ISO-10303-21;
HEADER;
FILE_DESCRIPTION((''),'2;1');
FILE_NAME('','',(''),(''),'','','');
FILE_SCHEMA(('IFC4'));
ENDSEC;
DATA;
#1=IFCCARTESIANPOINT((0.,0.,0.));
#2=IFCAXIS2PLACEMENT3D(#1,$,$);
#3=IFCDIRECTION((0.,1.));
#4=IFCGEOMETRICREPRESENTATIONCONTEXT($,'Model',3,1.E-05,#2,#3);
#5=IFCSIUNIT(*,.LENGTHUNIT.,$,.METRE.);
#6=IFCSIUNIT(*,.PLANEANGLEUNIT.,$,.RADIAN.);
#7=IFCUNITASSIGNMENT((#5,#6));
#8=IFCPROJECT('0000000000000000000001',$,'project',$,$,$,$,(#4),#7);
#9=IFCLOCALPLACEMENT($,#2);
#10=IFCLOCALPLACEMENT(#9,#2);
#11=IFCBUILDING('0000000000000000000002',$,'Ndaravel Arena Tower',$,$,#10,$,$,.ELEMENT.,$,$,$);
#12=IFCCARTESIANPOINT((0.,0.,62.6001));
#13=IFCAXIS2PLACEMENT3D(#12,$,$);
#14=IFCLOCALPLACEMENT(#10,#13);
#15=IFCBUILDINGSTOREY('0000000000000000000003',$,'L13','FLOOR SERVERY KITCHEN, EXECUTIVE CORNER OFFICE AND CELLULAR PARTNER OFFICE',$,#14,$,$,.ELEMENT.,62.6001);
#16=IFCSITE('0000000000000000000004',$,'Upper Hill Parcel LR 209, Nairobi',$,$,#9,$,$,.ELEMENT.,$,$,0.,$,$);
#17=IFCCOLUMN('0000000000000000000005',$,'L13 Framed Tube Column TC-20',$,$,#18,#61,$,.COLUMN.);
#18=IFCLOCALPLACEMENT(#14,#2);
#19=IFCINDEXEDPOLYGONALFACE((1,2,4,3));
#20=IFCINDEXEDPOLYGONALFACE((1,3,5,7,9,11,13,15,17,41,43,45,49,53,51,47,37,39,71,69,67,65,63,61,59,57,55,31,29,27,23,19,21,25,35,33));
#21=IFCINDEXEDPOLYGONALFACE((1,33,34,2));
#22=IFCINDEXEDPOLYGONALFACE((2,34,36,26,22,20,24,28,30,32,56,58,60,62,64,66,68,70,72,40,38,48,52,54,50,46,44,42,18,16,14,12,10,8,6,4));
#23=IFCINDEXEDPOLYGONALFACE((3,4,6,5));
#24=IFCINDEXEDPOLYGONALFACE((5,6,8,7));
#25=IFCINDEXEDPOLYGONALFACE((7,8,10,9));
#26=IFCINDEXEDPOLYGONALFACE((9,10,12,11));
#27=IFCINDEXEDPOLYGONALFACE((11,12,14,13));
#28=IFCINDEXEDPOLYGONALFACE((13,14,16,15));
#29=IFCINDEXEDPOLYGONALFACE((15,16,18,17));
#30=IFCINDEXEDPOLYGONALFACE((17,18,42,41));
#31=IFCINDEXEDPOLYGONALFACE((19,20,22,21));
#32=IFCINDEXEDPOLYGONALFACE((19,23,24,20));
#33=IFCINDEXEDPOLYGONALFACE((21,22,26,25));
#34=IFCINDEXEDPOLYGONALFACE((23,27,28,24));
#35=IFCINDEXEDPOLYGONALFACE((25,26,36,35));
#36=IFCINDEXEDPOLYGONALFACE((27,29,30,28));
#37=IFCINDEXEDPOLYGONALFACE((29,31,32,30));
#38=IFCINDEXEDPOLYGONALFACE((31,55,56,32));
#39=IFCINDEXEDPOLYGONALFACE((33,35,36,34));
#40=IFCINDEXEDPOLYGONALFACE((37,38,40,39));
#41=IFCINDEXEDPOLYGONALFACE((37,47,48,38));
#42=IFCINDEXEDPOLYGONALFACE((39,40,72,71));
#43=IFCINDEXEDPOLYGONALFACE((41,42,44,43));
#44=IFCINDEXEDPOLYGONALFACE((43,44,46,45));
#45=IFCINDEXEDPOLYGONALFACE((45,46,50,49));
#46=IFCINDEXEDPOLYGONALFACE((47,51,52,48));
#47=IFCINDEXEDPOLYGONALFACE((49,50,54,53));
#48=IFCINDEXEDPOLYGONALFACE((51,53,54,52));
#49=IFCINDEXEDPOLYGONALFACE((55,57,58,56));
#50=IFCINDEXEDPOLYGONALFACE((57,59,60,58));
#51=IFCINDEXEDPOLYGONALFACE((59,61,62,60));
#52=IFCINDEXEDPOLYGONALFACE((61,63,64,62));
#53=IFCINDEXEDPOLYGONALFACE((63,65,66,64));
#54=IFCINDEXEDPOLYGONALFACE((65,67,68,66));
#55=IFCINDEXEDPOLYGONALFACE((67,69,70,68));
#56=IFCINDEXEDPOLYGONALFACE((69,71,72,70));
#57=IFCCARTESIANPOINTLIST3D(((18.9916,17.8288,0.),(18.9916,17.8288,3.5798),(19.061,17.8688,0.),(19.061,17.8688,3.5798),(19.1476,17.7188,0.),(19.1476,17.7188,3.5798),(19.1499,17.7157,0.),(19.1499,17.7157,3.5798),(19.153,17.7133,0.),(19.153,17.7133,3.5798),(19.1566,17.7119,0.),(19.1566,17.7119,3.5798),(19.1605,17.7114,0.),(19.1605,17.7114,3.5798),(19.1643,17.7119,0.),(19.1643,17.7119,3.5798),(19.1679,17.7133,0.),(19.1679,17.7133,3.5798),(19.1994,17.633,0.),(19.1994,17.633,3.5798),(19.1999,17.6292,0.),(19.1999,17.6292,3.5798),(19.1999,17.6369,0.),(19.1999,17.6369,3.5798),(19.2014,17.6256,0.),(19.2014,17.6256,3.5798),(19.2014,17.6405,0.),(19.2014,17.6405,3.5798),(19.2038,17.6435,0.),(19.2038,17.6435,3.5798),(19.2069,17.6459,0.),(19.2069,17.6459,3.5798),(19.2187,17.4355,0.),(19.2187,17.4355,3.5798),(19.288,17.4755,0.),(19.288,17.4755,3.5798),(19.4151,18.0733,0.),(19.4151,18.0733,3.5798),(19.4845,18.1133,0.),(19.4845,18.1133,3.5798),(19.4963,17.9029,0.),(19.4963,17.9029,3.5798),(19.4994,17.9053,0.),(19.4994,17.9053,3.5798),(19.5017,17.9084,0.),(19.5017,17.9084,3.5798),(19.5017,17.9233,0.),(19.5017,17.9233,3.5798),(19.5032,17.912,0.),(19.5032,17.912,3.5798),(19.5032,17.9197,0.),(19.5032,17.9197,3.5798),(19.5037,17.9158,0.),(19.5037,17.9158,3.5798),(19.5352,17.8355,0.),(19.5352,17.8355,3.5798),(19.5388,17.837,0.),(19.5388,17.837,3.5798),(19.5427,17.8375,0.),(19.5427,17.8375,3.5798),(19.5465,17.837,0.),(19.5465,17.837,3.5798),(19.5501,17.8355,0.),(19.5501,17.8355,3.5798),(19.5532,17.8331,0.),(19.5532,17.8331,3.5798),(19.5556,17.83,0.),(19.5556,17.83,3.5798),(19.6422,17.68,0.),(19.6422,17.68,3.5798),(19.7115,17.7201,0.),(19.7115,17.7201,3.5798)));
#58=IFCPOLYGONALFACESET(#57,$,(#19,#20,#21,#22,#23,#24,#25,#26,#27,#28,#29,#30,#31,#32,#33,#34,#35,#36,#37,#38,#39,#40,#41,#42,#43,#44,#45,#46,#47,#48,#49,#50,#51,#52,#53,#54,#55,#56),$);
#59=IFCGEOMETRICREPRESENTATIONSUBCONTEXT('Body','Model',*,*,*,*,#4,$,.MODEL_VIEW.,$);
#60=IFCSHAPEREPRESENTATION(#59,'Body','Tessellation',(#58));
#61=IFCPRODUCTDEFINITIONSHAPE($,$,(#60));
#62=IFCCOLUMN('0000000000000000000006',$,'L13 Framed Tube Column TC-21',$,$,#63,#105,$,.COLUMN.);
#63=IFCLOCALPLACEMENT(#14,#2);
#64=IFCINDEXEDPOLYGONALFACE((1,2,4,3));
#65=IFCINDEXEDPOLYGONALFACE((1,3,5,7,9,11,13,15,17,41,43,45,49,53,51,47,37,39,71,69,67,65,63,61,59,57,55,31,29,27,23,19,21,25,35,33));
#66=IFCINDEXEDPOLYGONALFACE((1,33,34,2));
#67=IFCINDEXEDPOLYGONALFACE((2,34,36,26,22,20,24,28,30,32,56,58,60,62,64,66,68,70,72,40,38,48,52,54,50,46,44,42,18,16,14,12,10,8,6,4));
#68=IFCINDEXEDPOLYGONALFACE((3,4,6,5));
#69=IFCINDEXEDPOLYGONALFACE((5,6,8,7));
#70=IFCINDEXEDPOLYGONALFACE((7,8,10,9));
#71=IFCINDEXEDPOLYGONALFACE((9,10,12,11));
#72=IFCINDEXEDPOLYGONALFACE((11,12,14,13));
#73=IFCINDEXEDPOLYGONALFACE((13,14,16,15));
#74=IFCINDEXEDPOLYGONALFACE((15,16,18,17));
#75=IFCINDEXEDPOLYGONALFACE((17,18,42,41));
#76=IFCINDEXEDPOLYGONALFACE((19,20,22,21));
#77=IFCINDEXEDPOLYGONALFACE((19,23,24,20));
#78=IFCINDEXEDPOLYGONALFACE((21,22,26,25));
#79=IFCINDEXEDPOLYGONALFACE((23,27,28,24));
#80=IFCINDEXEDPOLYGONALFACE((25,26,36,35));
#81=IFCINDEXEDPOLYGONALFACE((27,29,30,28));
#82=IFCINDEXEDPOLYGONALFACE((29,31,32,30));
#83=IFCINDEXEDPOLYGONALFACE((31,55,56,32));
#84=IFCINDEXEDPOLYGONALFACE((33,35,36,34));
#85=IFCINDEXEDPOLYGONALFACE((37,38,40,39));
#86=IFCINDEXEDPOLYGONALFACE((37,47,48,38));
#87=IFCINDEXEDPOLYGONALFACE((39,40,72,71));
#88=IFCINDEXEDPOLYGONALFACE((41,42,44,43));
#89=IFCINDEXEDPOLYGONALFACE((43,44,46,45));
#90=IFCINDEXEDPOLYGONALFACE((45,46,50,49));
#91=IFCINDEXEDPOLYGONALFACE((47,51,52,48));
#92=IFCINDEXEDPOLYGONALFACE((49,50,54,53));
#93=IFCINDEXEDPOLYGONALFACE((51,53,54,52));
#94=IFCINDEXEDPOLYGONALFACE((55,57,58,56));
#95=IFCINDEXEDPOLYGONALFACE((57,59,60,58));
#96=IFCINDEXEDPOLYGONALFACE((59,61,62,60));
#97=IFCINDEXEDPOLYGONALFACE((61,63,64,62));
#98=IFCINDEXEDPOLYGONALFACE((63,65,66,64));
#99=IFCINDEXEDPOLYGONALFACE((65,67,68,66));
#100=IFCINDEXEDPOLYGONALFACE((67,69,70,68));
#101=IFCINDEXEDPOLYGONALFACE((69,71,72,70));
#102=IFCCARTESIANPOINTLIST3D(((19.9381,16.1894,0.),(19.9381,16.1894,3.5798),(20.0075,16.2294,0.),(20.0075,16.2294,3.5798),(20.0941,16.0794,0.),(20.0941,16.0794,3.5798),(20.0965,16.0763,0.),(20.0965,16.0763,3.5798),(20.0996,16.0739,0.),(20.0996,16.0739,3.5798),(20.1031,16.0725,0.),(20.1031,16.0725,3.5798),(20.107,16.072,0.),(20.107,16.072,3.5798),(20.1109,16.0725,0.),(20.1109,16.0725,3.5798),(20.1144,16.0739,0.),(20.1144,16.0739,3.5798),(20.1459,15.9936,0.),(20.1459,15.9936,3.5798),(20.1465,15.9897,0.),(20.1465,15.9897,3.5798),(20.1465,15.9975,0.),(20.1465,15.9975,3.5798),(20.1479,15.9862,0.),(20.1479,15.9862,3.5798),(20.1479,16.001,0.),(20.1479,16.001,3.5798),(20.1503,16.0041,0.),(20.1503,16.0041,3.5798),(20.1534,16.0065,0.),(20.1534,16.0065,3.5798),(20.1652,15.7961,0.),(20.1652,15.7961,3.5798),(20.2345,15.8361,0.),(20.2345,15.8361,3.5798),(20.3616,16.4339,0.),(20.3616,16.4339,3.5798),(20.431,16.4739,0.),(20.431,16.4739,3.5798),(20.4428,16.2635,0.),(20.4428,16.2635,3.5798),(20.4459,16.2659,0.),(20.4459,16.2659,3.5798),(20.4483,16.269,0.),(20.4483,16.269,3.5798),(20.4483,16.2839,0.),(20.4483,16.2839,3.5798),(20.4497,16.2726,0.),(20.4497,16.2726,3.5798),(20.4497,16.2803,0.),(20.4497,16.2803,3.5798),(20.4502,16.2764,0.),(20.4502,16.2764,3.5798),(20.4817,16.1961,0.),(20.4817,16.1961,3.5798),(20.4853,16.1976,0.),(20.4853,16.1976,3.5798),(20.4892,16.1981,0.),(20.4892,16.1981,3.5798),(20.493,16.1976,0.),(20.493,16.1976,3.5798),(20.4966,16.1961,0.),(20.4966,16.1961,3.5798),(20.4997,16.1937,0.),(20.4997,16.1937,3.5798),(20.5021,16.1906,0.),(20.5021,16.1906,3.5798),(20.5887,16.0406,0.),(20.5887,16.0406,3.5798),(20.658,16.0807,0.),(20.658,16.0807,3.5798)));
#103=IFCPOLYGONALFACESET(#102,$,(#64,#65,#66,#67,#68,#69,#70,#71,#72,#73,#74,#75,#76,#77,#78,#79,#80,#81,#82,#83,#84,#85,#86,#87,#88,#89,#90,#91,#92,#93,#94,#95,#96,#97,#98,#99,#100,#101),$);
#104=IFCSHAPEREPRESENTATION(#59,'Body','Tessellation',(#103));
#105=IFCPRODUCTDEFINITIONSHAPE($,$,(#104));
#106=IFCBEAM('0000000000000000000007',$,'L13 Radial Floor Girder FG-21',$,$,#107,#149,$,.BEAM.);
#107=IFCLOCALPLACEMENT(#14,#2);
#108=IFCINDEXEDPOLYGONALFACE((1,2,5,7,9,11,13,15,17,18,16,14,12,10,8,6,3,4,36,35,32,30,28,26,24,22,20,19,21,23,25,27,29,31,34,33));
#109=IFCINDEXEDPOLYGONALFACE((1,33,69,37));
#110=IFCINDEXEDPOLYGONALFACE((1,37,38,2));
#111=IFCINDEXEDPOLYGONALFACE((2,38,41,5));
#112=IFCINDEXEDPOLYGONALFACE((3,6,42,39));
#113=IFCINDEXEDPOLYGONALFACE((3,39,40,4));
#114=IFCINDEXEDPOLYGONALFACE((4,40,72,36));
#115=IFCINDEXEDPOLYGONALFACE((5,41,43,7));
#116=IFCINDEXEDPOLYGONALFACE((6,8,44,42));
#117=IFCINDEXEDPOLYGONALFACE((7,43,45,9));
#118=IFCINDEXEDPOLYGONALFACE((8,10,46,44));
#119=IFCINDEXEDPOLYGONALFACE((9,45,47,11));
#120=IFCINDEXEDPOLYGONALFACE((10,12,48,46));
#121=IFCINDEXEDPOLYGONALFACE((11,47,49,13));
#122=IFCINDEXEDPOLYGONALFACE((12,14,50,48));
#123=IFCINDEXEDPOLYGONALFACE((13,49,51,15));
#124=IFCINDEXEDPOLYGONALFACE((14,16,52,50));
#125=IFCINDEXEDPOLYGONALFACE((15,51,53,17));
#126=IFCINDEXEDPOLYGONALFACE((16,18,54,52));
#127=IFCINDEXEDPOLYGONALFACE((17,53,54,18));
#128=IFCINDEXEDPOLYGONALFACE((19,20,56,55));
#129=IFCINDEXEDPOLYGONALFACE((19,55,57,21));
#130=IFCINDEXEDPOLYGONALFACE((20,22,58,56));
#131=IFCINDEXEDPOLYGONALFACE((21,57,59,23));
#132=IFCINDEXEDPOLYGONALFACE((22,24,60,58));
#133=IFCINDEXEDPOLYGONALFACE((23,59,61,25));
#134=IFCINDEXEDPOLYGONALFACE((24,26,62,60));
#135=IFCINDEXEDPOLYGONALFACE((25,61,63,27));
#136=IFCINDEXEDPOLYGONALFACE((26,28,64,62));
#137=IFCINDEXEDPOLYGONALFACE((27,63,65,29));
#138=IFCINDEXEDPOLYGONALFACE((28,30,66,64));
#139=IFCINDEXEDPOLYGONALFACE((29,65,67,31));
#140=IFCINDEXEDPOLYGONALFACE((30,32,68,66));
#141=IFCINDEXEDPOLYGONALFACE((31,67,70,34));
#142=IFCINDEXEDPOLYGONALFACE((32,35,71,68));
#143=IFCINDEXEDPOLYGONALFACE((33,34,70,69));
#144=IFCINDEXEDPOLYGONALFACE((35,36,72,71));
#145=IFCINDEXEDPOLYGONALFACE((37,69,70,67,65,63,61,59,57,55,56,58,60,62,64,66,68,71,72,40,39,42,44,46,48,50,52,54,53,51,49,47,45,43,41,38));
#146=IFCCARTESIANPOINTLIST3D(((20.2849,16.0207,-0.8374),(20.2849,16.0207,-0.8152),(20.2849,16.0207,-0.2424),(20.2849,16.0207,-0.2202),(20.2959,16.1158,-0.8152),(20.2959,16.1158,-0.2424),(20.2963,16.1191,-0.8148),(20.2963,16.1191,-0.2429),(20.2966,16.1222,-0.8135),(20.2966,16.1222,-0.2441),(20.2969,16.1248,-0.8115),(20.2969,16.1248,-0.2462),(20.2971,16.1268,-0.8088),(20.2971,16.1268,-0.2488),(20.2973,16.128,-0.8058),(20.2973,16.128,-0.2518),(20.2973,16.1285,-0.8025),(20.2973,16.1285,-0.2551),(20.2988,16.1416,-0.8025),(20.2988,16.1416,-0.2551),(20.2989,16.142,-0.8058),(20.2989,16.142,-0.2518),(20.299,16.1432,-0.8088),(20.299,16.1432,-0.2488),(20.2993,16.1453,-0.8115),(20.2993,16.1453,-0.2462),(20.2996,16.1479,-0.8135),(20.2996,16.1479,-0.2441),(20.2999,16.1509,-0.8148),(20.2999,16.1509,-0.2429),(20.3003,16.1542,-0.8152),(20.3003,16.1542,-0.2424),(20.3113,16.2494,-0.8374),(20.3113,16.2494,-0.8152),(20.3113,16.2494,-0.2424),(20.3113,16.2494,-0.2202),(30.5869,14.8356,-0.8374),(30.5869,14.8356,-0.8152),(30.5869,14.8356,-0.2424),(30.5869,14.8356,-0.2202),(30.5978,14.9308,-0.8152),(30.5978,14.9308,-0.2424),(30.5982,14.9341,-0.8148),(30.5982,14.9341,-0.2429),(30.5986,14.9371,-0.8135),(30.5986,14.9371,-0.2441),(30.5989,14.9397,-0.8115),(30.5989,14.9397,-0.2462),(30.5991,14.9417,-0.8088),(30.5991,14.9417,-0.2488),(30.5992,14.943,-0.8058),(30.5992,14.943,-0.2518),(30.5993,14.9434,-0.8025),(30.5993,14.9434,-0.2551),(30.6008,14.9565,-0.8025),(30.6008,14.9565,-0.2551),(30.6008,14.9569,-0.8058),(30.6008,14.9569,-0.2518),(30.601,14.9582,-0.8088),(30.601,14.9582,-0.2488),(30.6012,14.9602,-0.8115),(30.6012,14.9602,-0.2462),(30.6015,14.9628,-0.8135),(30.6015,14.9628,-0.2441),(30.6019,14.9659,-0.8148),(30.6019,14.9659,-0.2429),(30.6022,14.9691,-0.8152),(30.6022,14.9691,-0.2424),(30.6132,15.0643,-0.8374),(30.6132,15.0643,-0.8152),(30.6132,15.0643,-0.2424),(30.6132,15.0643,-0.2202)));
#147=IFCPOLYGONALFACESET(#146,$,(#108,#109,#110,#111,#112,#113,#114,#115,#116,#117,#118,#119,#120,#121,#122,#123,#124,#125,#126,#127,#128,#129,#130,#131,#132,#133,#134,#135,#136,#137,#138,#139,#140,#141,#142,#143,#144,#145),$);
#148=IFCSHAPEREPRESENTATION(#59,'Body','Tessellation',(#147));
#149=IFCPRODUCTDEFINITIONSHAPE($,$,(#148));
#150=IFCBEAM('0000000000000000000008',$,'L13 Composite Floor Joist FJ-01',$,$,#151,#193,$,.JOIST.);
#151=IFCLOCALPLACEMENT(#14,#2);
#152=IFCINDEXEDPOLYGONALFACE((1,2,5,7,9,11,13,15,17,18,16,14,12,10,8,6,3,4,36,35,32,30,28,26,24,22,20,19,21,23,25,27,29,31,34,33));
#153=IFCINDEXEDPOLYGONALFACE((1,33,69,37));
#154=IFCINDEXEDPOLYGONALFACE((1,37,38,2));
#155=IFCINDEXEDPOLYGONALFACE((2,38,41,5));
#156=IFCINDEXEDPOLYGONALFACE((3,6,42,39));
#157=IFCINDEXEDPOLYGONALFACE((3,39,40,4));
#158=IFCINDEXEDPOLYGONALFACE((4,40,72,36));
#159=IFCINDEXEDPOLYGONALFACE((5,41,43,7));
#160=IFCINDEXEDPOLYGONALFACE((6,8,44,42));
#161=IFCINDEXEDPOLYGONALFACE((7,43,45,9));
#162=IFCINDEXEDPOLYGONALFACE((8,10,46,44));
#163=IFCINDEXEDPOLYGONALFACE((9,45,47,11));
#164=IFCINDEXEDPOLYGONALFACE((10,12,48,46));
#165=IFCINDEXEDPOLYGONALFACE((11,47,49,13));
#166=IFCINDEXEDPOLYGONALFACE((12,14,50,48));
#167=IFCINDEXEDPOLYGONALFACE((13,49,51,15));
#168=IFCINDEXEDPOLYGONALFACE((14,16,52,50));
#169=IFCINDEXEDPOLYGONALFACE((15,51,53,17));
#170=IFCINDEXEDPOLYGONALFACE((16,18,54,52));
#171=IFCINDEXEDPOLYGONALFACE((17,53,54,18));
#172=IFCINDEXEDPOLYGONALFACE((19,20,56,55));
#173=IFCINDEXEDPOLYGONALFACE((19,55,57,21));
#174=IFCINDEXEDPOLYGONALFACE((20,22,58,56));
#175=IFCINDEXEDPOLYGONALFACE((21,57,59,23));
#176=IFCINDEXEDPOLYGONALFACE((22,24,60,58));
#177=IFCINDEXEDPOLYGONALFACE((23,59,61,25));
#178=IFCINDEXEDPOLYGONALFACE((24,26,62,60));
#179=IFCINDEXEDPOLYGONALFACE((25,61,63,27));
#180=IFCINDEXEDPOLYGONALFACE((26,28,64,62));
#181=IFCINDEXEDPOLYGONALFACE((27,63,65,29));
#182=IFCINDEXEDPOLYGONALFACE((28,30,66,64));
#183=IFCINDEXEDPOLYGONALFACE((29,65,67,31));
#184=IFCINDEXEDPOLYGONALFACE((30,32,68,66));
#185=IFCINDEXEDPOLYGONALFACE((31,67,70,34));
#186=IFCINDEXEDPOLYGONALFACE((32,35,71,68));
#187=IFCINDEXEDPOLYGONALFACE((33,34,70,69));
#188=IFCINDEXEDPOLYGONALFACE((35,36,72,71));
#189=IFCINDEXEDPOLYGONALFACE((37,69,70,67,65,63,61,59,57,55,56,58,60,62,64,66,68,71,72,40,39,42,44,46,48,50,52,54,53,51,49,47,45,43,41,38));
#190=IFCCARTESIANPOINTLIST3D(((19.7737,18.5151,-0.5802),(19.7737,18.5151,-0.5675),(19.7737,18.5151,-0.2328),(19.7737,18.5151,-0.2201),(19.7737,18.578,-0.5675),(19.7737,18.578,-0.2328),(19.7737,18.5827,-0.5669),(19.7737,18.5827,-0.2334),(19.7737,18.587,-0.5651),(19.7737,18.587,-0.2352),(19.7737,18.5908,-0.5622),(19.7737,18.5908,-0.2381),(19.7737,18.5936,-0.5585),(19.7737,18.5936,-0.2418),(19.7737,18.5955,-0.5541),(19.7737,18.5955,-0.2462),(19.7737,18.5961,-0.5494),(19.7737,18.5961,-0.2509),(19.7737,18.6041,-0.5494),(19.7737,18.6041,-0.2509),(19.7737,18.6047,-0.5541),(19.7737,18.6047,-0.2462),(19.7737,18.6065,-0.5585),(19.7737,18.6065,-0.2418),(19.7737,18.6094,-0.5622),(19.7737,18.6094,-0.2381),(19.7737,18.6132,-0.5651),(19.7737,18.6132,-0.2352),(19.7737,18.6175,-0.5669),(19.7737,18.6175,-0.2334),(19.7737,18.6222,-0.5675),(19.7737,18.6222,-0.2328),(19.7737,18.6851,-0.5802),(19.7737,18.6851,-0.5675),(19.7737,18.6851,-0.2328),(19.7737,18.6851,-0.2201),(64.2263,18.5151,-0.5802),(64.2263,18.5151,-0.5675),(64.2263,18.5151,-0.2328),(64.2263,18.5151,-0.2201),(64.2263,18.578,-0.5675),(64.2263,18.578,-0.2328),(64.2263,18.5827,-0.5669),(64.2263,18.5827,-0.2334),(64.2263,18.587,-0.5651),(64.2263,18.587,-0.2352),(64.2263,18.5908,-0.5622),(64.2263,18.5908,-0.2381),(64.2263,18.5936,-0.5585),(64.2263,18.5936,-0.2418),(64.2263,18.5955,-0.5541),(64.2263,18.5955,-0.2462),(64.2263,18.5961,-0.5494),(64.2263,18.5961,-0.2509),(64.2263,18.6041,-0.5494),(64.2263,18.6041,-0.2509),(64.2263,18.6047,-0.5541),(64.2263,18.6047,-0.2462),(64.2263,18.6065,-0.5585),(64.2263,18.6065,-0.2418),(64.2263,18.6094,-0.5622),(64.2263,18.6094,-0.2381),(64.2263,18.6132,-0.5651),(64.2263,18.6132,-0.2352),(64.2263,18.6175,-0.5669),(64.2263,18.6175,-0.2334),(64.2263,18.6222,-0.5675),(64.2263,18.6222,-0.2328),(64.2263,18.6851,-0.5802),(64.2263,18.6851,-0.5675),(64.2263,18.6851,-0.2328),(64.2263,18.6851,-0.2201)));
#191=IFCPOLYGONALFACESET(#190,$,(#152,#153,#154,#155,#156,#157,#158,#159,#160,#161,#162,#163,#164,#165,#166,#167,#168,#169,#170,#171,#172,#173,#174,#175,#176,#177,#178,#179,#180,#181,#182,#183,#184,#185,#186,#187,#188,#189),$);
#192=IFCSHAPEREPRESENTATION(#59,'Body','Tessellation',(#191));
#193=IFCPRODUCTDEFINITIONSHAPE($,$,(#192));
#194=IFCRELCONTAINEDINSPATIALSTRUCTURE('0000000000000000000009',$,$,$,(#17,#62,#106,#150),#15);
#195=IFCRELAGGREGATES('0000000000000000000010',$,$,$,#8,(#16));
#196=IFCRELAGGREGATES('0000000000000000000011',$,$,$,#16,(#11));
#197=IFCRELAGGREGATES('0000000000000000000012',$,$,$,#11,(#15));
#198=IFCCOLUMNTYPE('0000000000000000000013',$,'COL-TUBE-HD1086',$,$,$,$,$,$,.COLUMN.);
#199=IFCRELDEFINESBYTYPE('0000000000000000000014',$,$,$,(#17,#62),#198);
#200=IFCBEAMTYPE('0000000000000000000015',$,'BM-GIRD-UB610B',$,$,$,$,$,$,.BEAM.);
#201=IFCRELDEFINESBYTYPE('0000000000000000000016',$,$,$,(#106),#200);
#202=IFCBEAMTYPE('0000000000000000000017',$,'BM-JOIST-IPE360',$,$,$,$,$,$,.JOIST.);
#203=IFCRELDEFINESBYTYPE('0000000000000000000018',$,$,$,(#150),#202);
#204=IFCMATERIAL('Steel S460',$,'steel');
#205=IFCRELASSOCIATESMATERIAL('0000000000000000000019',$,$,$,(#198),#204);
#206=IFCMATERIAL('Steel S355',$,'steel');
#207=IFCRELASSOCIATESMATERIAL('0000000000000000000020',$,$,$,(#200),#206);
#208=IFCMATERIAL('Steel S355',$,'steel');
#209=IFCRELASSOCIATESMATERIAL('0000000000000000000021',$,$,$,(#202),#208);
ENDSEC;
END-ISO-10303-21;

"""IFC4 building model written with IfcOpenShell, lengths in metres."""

from ifc_helpers import new_model, si_unit, direction, frame, origin, origin_2d, place, context, subcontext, project, spatial, i_section, extrude, material, material_profile, profile_set, type_object, element, save


model = new_model("IFC4")

# Units and contexts
model_context = context("Model", 3, precision=1e-05, world=origin(), true_north=direction((0.0, 1.0)))
body_context = subcontext(model_context, "Body", "Model", "MODEL_VIEW")
ifc_project = project(units=[si_unit("LENGTHUNIT", "METRE"), si_unit("PLANEANGLEUNIT", "RADIAN")], contexts=[model_context])

# Site, building, storey
site_placement = place(None, origin())
site = spatial("IfcSite", under=ifc_project, at=site_placement, Name="Upper Hill Parcel LR 209, Nairobi", CompositionType="ELEMENT", RefElevation=0.0)
building_placement = place(site_placement, origin())
building = spatial("IfcBuilding", under=site, at=building_placement, Name="Ndaravel Arena Tower", CompositionType="ELEMENT")
storey_placement = place(building_placement, frame((0.0, 0.0, 62.6001)))
storey = spatial("IfcBuildingStorey", under=building, at=storey_placement, Name="L13", Description="FLOOR SERVERY KITCHEN, EXECUTIVE CORNER OFFICE AND CELLULAR PARTNER OFFICE", CompositionType="ELEMENT", Elevation=62.6001)

# Columns
ifc_material_1 = material(Name="Steel S460", Category="steel")
ifc_material_profile_1 = material_profile(ifc_material_1, i_section(OverallWidth=0.4541, OverallDepth=0.5691, WebThickness=0.0779, FlangeThickness=0.0801, FilletRadius=0.0149, at=origin_2d()), Name="HD 400x1086")
ifc_profile_set_1 = profile_set([ifc_material_profile_1], Name="Steel S460")
column_type = type_object("IfcColumnType", Name="COL-TUBE-HD1086", PredefinedType="COLUMN", material=ifc_profile_set_1)
for number, where, z_axis, x_axis, name in (
    (1, (19.3516, 17.7744, 0.0), (0.0, 0.0, 1.0), (-0.5, 0.866025, 0.0), "L13 Framed Tube Column TC-20"),
    (2, (20.2981, 16.135, 0.0), (0.0, 0.0, 1.0), (-0.5, 0.866025, 0.0), "L13 Framed Tube Column TC-21"),
):
    element("IfcColumn", number, at=place(storey_placement, frame(where, z_axis=z_axis, x_axis=x_axis)), inside=storey, type_object=column_type, Name=name, PredefinedType="COLUMN", context=body_context, shape_type="SweptSolid", body=[
        extrude(i_section(OverallWidth=0.4541, OverallDepth=0.5691, WebThickness=0.0779, FlangeThickness=0.0801, FilletRadius=0.0149, at=origin_2d()), origin(), (0.0, 0.0, 1.0), 3.5798),
    ])

# Beams
ifc_material_2 = material(Name="Steel S355", Category="steel")
ifc_material_profile_2 = material_profile(ifc_material_2, i_section(OverallWidth=0.2302, OverallDepth=0.6172, WebThickness=0.0132, FlangeThickness=0.0222, FilletRadius=0.0127, at=origin_2d()), Name="UB 610x229x140")
ifc_profile_set_2 = profile_set([ifc_material_profile_2], Name="Steel S355")
beam_type_1 = type_object("IfcBeamType", Name="BM-GIRD-UB610B", PredefinedType="BEAM", material=ifc_profile_set_2)
beam_1_placement = place(storey_placement, frame((20.2981, 16.135, -0.5288), z_axis=(0.993449, -0.114278, 0.0), x_axis=(0.114278, 0.993449, 0.0)))
element("IfcBeam", 3, at=beam_1_placement, inside=storey, type_object=beam_type_1, Name="L13 Radial Floor Girder FG-21", PredefinedType="BEAM", context=body_context, shape_type="SweptSolid", body=[
    extrude(i_section(OverallWidth=0.2302, OverallDepth=0.6172, WebThickness=0.0132, FlangeThickness=0.0222, FilletRadius=0.0127, at=origin_2d()), origin(), (0.0, 0.0, 1.0), 10.3699),
])
ifc_material_3 = material(Name="Steel S355", Category="steel")
ifc_material_profile_3 = material_profile(ifc_material_3, i_section(OverallWidth=0.1699, OverallDepth=0.3601, WebThickness=0.0081, FlangeThickness=0.0127, FilletRadius=0.0181, at=origin_2d()), Name="IPE 360")
ifc_profile_set_3 = profile_set([ifc_material_profile_3], Name="Steel S355")
beam_type_2 = type_object("IfcBeamType", Name="BM-JOIST-IPE360", PredefinedType="JOIST", material=ifc_profile_set_3)
beam_2_placement = place(storey_placement, frame((19.7737, 18.6001, -0.4001), z_axis=(1.0, 0.0, 0.0), x_axis=(0.0, 1.0, 0.0)))
element("IfcBeam", 4, at=beam_2_placement, inside=storey, type_object=beam_type_2, Name="L13 Composite Floor Joist FJ-01", PredefinedType="JOIST", context=body_context, shape_type="SweptSolid", body=[
    extrude(i_section(OverallWidth=0.1699, OverallDepth=0.3601, WebThickness=0.0081, FlangeThickness=0.0127, FilletRadius=0.0181, at=origin_2d()), origin(), (0.0, 0.0, 1.0), 44.4526),
])

save(model, "model.ifc")
